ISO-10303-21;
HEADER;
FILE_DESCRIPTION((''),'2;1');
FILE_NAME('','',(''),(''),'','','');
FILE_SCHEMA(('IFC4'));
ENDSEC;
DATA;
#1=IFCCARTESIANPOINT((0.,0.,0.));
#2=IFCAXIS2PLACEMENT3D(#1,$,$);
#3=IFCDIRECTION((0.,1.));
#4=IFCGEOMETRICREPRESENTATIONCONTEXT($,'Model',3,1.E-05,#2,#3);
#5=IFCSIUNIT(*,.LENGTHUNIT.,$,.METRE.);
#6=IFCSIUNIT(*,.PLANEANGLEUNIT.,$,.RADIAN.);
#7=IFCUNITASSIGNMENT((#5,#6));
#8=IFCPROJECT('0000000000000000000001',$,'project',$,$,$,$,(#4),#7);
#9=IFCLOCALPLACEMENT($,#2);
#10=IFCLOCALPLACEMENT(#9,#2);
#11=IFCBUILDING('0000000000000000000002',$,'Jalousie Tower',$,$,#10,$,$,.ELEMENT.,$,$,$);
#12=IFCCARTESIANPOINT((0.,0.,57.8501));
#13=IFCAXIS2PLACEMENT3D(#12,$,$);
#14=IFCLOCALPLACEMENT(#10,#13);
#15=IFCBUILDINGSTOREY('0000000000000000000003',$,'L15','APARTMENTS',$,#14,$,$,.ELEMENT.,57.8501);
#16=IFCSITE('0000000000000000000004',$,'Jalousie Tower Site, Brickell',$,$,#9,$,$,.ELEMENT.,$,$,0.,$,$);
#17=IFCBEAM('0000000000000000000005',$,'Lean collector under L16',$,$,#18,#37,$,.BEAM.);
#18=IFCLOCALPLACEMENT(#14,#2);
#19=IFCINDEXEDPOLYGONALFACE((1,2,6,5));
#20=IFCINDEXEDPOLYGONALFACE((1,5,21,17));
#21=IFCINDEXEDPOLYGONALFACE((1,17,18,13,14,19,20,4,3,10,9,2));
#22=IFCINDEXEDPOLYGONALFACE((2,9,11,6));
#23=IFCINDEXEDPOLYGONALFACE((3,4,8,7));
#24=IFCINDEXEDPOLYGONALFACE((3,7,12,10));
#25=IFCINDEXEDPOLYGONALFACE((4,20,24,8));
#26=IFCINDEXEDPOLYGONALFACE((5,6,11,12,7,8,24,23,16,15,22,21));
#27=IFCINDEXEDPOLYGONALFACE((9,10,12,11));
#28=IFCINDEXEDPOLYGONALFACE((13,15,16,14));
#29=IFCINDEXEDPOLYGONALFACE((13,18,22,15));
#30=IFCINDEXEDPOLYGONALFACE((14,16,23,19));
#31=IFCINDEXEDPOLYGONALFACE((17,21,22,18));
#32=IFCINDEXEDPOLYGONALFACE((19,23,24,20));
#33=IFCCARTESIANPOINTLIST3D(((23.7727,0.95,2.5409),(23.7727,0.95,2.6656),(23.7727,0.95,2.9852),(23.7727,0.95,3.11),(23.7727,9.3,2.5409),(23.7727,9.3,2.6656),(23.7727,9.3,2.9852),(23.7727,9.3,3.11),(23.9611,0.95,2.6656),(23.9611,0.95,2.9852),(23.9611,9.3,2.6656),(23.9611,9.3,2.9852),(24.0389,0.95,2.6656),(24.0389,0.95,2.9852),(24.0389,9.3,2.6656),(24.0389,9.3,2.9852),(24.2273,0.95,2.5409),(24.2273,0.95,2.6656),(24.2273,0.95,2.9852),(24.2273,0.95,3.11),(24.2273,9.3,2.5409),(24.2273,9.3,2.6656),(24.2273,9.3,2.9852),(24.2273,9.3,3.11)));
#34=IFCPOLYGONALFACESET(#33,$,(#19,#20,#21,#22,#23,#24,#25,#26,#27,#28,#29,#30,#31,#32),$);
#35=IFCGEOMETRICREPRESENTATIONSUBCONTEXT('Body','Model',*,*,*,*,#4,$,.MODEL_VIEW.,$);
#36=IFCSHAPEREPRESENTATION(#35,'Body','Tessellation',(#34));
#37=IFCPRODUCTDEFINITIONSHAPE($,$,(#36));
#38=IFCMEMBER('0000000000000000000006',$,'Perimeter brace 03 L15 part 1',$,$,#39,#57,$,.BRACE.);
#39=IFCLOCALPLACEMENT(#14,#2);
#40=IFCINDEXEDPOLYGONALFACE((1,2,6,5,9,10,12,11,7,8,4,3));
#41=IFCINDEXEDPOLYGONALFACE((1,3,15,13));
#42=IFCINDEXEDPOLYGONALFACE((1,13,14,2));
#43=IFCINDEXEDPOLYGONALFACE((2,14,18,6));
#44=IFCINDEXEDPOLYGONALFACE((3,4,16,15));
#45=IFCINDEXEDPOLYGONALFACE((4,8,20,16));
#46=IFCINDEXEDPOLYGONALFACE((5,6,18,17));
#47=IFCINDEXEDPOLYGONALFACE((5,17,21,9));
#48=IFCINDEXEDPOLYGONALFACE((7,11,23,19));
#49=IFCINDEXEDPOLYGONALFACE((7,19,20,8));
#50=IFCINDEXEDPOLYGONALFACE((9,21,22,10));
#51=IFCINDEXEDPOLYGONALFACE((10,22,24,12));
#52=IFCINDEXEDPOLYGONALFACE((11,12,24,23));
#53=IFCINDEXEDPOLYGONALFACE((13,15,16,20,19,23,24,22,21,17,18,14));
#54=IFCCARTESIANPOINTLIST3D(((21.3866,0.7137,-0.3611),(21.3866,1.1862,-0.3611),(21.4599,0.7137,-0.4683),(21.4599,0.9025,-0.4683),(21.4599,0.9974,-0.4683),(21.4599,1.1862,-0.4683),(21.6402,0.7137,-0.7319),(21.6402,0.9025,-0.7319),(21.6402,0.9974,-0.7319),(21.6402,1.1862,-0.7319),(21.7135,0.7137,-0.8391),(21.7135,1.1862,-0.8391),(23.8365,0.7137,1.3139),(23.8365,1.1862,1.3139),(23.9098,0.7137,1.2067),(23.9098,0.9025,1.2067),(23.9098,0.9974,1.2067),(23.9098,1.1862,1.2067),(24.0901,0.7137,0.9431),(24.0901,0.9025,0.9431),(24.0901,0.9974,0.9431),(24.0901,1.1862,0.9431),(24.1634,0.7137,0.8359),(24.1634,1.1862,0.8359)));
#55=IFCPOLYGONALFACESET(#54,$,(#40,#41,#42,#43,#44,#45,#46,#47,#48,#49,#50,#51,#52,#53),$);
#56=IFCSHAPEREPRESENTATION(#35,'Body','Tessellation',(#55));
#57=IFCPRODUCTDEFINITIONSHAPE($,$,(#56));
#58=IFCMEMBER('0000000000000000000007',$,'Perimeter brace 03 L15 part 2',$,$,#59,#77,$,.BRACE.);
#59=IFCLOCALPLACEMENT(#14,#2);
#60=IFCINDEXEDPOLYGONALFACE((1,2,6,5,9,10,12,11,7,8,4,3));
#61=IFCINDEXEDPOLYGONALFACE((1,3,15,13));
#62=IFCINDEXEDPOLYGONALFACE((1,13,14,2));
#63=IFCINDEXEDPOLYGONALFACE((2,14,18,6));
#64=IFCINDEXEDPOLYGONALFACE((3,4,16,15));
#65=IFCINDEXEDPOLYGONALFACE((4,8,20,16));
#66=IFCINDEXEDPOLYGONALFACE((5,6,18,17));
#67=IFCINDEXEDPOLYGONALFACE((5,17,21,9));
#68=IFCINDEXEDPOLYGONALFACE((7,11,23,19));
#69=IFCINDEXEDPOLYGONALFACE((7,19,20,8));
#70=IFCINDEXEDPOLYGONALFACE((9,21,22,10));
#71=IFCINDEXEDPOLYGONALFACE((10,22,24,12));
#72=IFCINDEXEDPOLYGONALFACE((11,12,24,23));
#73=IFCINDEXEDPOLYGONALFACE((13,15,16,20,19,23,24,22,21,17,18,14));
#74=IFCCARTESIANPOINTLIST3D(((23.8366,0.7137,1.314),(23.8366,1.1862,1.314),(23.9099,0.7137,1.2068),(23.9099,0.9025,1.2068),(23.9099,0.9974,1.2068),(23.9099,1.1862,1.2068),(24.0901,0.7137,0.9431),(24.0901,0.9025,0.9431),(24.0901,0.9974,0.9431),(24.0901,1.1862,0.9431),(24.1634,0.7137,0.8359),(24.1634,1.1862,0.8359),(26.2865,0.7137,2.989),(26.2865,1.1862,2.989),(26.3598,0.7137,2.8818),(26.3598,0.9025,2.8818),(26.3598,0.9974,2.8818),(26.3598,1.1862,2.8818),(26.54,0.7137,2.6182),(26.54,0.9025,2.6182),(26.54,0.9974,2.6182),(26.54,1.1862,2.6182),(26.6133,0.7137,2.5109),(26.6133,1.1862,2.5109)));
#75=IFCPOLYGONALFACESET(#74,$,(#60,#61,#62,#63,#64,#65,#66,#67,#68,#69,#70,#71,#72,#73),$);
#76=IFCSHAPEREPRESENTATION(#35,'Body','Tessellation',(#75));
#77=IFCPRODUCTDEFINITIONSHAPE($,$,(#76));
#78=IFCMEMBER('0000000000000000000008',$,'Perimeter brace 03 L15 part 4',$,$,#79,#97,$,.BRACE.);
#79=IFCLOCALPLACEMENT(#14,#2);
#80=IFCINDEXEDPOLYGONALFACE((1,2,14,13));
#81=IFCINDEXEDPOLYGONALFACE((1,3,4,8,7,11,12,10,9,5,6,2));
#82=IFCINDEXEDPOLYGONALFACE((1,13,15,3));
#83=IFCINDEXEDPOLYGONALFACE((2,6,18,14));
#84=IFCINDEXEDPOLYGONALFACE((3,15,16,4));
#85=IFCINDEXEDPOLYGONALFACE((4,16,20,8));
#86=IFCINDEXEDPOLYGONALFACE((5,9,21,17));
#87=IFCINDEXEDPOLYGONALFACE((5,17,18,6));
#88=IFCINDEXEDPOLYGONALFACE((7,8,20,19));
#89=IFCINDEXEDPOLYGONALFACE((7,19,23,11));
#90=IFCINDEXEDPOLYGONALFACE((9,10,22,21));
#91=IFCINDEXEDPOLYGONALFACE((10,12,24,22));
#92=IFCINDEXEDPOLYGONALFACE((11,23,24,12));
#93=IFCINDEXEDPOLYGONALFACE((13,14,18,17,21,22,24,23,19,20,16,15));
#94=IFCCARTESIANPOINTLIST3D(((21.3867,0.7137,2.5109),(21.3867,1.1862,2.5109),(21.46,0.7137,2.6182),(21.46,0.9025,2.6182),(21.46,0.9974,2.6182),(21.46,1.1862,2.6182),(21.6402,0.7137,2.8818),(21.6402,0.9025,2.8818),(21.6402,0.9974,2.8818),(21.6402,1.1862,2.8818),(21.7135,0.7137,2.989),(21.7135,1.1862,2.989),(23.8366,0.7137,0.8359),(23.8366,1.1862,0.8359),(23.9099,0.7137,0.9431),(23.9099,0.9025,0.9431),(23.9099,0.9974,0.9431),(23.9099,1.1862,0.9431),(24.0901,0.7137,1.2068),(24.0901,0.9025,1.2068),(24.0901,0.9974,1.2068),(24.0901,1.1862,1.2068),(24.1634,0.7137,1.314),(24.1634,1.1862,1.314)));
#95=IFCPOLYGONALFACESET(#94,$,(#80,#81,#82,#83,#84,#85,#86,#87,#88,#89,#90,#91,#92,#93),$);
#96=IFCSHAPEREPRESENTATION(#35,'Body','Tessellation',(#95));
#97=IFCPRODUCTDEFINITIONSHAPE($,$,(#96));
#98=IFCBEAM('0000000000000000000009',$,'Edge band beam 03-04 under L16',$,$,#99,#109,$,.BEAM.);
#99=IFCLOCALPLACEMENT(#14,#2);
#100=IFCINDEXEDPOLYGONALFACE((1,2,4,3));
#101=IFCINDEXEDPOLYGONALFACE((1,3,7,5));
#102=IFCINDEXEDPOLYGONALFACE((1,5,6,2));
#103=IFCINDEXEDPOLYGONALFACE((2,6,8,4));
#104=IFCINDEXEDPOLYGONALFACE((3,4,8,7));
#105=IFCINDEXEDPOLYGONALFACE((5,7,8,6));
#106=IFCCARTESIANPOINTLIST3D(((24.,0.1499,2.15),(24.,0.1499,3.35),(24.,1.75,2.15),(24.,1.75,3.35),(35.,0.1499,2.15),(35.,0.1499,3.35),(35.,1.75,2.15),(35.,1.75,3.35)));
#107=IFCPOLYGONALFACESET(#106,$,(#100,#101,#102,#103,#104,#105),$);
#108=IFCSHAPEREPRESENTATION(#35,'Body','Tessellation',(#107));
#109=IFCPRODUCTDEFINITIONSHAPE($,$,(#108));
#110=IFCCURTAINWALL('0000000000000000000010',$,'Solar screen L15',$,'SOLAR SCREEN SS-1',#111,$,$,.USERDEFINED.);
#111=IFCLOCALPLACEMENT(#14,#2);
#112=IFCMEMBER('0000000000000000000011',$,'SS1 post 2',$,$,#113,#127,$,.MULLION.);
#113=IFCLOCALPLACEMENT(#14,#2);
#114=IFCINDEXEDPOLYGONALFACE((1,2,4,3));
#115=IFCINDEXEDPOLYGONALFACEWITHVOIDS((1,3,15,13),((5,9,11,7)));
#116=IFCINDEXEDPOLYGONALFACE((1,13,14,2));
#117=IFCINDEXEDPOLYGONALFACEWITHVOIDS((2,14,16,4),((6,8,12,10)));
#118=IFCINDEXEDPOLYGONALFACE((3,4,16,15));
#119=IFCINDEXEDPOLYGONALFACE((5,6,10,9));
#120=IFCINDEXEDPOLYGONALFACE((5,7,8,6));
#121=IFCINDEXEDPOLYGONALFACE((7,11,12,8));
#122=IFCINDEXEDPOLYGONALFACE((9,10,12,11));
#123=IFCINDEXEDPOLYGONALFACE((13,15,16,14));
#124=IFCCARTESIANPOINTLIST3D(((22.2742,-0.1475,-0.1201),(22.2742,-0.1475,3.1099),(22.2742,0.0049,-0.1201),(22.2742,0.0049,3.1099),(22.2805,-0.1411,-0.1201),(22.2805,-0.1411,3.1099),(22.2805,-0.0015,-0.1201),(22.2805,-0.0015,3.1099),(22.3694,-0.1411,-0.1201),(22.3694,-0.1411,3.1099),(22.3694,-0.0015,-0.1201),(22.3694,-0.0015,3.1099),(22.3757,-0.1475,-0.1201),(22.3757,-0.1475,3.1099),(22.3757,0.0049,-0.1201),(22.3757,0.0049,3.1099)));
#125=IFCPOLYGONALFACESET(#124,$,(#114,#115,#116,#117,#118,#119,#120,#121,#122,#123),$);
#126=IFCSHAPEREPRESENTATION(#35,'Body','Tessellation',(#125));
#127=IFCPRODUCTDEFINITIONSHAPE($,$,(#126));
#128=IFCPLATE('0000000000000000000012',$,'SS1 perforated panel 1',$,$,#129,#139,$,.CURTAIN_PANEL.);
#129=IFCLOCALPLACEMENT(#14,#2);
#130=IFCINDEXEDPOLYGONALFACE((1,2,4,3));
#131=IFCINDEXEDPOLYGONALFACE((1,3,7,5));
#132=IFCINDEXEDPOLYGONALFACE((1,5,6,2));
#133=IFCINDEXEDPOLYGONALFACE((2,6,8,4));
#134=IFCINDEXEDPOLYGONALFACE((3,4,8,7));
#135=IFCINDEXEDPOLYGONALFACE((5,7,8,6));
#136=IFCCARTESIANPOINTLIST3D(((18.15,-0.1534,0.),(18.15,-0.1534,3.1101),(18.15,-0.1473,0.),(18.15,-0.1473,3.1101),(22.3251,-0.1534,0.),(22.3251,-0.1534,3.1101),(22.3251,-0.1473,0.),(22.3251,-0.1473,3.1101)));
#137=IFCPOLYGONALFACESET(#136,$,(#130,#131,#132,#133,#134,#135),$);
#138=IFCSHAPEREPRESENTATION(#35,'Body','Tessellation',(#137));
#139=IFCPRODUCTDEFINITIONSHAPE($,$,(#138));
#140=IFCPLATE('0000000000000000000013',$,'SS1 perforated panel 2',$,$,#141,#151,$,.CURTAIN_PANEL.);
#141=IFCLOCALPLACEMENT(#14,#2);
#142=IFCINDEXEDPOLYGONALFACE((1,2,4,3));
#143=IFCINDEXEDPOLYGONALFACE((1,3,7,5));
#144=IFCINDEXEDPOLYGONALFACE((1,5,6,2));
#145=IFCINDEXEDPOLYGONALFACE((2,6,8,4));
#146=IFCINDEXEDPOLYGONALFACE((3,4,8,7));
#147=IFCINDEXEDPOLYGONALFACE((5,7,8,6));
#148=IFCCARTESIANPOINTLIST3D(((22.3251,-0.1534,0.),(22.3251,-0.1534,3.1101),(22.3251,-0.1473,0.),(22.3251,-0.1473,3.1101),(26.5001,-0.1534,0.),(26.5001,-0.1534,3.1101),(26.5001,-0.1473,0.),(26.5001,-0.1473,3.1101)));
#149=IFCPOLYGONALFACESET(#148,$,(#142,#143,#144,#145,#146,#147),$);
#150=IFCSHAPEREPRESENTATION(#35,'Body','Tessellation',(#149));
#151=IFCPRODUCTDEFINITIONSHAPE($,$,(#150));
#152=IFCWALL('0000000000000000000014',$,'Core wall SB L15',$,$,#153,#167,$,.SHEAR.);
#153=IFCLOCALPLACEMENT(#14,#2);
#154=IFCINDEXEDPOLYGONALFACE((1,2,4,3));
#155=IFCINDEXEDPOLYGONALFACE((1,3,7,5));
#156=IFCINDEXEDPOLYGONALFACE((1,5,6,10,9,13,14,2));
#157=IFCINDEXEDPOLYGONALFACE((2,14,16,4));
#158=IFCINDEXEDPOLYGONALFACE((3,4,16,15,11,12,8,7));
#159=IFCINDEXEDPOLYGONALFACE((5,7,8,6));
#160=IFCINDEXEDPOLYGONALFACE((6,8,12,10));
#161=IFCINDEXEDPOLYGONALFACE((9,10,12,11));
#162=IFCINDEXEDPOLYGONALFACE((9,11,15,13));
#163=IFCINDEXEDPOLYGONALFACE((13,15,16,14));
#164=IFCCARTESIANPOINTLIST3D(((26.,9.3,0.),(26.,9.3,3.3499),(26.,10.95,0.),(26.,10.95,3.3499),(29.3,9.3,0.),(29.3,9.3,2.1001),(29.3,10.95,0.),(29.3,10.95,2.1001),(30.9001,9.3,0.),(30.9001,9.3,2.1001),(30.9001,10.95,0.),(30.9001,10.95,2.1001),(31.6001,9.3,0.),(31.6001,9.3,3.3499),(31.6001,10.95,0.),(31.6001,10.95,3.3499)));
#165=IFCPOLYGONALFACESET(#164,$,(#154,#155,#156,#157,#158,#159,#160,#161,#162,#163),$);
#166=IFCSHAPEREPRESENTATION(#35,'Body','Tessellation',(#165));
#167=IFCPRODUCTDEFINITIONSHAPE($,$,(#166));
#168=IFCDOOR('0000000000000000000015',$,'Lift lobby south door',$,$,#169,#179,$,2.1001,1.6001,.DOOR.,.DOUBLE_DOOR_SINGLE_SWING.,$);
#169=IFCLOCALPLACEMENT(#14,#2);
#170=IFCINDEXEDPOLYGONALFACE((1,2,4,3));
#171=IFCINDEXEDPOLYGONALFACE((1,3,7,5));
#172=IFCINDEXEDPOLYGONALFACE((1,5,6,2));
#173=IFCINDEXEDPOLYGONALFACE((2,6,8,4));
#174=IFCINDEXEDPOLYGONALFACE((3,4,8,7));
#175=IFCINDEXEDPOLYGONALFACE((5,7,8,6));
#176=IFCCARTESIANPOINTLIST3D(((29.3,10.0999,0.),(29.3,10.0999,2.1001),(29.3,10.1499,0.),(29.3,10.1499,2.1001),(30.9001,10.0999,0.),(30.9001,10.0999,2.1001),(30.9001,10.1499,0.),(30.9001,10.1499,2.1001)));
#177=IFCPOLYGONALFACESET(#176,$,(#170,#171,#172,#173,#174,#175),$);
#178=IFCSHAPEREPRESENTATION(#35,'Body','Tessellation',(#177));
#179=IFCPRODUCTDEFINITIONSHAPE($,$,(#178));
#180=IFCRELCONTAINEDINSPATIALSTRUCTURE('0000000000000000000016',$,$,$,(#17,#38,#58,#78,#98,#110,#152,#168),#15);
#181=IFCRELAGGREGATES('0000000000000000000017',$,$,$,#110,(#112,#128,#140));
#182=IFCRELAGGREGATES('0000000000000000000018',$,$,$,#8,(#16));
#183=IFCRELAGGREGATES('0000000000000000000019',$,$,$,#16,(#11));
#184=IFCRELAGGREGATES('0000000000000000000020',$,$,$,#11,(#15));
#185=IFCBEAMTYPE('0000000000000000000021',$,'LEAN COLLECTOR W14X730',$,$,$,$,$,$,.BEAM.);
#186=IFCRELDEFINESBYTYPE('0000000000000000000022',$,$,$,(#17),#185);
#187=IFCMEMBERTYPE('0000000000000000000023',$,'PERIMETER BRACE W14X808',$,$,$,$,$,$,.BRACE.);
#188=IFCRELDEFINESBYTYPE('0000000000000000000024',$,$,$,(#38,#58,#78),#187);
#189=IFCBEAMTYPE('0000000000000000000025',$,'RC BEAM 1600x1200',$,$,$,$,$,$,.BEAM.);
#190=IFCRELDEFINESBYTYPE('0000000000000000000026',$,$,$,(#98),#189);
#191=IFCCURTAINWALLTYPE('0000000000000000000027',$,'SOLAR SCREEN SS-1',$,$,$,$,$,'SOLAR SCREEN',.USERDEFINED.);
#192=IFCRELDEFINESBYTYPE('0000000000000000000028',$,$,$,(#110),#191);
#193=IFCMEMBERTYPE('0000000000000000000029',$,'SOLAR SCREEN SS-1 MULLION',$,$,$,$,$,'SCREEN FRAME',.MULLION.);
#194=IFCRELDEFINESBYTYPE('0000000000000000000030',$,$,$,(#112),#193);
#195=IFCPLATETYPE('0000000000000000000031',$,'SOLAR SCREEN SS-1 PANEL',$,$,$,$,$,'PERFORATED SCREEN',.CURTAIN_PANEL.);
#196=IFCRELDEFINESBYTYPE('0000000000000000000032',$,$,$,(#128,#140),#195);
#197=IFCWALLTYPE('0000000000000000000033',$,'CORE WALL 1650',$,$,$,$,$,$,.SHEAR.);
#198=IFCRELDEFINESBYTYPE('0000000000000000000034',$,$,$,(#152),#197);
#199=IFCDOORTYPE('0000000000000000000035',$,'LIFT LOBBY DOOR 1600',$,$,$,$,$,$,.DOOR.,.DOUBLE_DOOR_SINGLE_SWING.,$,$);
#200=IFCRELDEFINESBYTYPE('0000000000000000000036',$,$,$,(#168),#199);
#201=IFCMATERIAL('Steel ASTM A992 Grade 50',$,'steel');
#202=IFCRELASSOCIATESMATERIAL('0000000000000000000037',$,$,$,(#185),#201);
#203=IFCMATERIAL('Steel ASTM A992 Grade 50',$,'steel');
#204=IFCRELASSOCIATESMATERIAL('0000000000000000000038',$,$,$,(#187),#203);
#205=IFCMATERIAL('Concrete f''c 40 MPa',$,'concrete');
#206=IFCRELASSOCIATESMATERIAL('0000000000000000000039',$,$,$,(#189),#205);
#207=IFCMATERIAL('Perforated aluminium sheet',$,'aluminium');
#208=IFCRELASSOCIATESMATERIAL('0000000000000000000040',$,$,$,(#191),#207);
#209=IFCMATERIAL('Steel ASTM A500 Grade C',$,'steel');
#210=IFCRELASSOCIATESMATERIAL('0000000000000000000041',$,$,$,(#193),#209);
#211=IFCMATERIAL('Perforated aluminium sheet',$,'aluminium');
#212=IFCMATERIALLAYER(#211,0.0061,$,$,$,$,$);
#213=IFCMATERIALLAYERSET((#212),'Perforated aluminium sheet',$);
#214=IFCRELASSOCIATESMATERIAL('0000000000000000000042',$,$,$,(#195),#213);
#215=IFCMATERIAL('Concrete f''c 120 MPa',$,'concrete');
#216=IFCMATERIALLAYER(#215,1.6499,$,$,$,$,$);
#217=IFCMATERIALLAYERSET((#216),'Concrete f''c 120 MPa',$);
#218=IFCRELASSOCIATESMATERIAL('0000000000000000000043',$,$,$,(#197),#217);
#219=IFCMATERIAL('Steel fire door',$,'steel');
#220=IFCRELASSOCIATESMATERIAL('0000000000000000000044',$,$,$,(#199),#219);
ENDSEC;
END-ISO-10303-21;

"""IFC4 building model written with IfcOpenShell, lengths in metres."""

from ifc_helpers import new_model, si_unit, direction, frame, frame_2d, origin, origin_2d, place, context, subcontext, project, spatial, rectangle, hollow_rectangle, i_section, extrude, material, layer, layer_set, material_profile, profile_set, type_object, element, fill, aggregate, save


model = new_model("IFC4")

# Units and contexts
model_context = context("Model", 3, precision=1e-05, world=origin(), true_north=direction((0.0, 1.0)))
body_context = subcontext(model_context, "Body", "Model", "MODEL_VIEW")
ifc_project = project(units=[si_unit("LENGTHUNIT", "METRE"), si_unit("PLANEANGLEUNIT", "RADIAN")], contexts=[model_context])

# Site, building, storey
site_placement = place(None, origin())
site = spatial("IfcSite", under=ifc_project, at=site_placement, Name="Jalousie Tower Site, Brickell", CompositionType="ELEMENT", RefElevation=0.0)
building_placement = place(site_placement, origin())
building = spatial("IfcBuilding", under=site, at=building_placement, Name="Jalousie Tower", CompositionType="ELEMENT")
storey_placement = place(building_placement, frame((0.0, 0.0, 57.8501)))
storey = spatial("IfcBuildingStorey", under=building, at=storey_placement, Name="L15", Description="APARTMENTS", CompositionType="ELEMENT", Elevation=57.8501)

# Beam
ifc_material_1 = material(Name="Steel ASTM A992 Grade 50", Category="steel")
ifc_material_profile_1 = material_profile(ifc_material_1, i_section(OverallWidth=0.4546, OverallDepth=0.5691, WebThickness=0.0779, FlangeThickness=0.1248, at=origin_2d()), Name="W14X730")
ifc_profile_set_1 = profile_set([ifc_material_profile_1], Name="Steel ASTM A992 Grade 50")
beam_type_1 = type_object("IfcBeamType", Name="LEAN COLLECTOR W14X730", PredefinedType="BEAM", material=ifc_profile_set_1)
beam_1_placement = place(storey_placement, frame((24.0, 0.95, 2.8254), z_axis=(0.0, 1.0, 0.0), x_axis=(-1.0, 0.0, 0.0)))
element("IfcBeam", 1, at=beam_1_placement, inside=storey, type_object=beam_type_1, Name="Lean collector under L16", PredefinedType="BEAM", context=body_context, shape_type="SweptSolid", body=[
    extrude(i_section(OverallWidth=0.4546, OverallDepth=0.5691, WebThickness=0.0779, FlangeThickness=0.1248, at=origin_2d()), origin(), (0.0, 0.0, 1.0), 8.3501),
])

# Members
ifc_material_2 = material(Name="Steel ASTM A992 Grade 50", Category="steel")
ifc_material_profile_2 = material_profile(ifc_material_2, i_section(OverallWidth=0.4724, OverallDepth=0.5791, WebThickness=0.095, FlangeThickness=0.1299, at=origin_2d()), Name="W14X808")
ifc_profile_set_2 = profile_set([ifc_material_profile_2], Name="Steel ASTM A992 Grade 50")
member_type_1 = type_object("IfcMemberType", Name="PERIMETER BRACE W14X808", PredefinedType="BRACE", material=ifc_profile_set_2)
for number, where, z_axis, x_axis, name in (
    (2, (21.55, 0.95, -0.6001), (0.825501, 0.0, 0.564401), (0.0, 1.0, 0.0), "Perimeter brace 03 L15 part 1"),
    (3, (24.0, 0.95, 1.075), (0.825501, 0.0, 0.564401), (0.0, 1.0, 0.0), "Perimeter brace 03 L15 part 2"),
    (4, (24.0, 0.95, 1.075), (-0.825501, 0.0, 0.564401), (0.0, -1.0, 0.0), "Perimeter brace 03 L15 part 4"),
):
    element("IfcMember", number, at=place(storey_placement, frame(where, z_axis=z_axis, x_axis=x_axis)), inside=storey, type_object=member_type_1, Name=name, PredefinedType="BRACE", context=body_context, shape_type="SweptSolid", body=[
        extrude(i_section(OverallWidth=0.4724, OverallDepth=0.5791, WebThickness=0.095, FlangeThickness=0.1299, at=origin_2d()), origin(), (0.0, 0.0, 1.0), 2.9678),
    ])

# Beam
ifc_material_3 = material(Name="Concrete f'c 40 MPa", Category="concrete")
ifc_material_profile_3 = material_profile(ifc_material_3, rectangle(XDim=1.6001, YDim=1.2, at=origin_2d()), Name="RC 1600x1200")
ifc_profile_set_3 = profile_set([ifc_material_profile_3], Name="Concrete f'c 40 MPa")
beam_type_2 = type_object("IfcBeamType", Name="RC BEAM 1600x1200", PredefinedType="BEAM", material=ifc_profile_set_3)
beam_2_placement = place(storey_placement, frame((24.0, 0.95, 2.75), z_axis=(1.0, 0.0, 0.0), x_axis=(0.0, 1.0, 0.0)))
element("IfcBeam", 5, at=beam_2_placement, inside=storey, type_object=beam_type_2, Name="Edge band beam 03-04 under L16", PredefinedType="BEAM", context=body_context, shape_type="SweptSolid", body=[
    extrude(rectangle(XDim=1.6001, YDim=1.2, at=origin_2d()), origin(), (0.0, 0.0, 1.0), 11.0),
])

# Curtain wall, member, plates
ifc_material_4 = material(Name="Perforated aluminium sheet", Category="aluminium")
curtain_wall_type = type_object("IfcCurtainWallType", Name="SOLAR SCREEN SS-1", ElementType="SOLAR SCREEN", PredefinedType="USERDEFINED", material=ifc_material_4)
curtain_wall_placement = place(storey_placement, origin())
curtain_wall = element("IfcCurtainWall", 6, at=curtain_wall_placement, inside=storey, type_object=curtain_wall_type, Name="Solar screen L15", ObjectType="SOLAR SCREEN SS-1", PredefinedType="USERDEFINED")
ifc_material_5 = material(Name="Steel ASTM A500 Grade C", Category="steel")
ifc_material_profile_4 = material_profile(ifc_material_5, hollow_rectangle(XDim=0.1016, YDim=0.1523, WallThickness=0.0063, at=origin_2d()), Name="HSS6X4X1/4")
ifc_profile_set_4 = profile_set([ifc_material_profile_4], Name="Steel ASTM A500 Grade C")
member_type_2 = type_object("IfcMemberType", Name="SOLAR SCREEN SS-1 MULLION", ElementType="SCREEN FRAME", PredefinedType="MULLION", material=ifc_profile_set_4)
member_placement = place(storey_placement, frame((22.325, -0.0713, -0.1201), z_axis=(0.0, 0.0, 1.0), x_axis=(1.0, 0.0, 0.0)))
member = element("IfcMember", 7, at=member_placement, type_object=member_type_2, Name="SS1 post 2", PredefinedType="MULLION", context=body_context, shape_type="SweptSolid", body=[
    extrude(hollow_rectangle(XDim=0.1016, YDim=0.1523, WallThickness=0.0063, at=origin_2d()), origin(), (0.0, 0.0, 1.0), 3.23),
])
ifc_material_6 = material(Name="Perforated aluminium sheet", Category="aluminium")
ifc_layer_1 = layer(ifc_material_6, 0.0061)
ifc_layer_set_1 = layer_set([ifc_layer_1], Name="Perforated aluminium sheet")
plate_type = type_object("IfcPlateType", Name="SOLAR SCREEN SS-1 PANEL", ElementType="PERFORATED SCREEN", PredefinedType="CURTAIN_PANEL", material=ifc_layer_set_1)
plate_1_placement = place(storey_placement, frame((20.2375, -0.1504, 0.0), z_axis=(0.0, 0.0, 1.0), x_axis=(1.0, 0.0, 0.0)))
plate_1 = element("IfcPlate", 8, at=plate_1_placement, type_object=plate_type, Name="SS1 perforated panel 1", PredefinedType="CURTAIN_PANEL", context=body_context, shape_type="SweptSolid", body=[
    extrude(rectangle(XDim=4.175, YDim=0.0061, at=origin_2d()), origin(), (0.0, 0.0, 1.0), 3.1101),
])
plate_2_placement = place(storey_placement, frame((24.4126, -0.1504, 0.0), z_axis=(0.0, 0.0, 1.0), x_axis=(1.0, 0.0, 0.0)))
plate_2 = element("IfcPlate", 9, at=plate_2_placement, type_object=plate_type, Name="SS1 perforated panel 2", PredefinedType="CURTAIN_PANEL", context=body_context, shape_type="SweptSolid", body=[
    extrude(rectangle(XDim=4.175, YDim=0.0061, at=origin_2d()), origin(), (0.0, 0.0, 1.0), 3.1101),
])
aggregate(curtain_wall, [member, plate_1, plate_2])

# Wall, opening, door
ifc_material_7 = material(Name="Concrete f'c 120 MPa", Category="concrete")
ifc_layer_2 = layer(ifc_material_7, 1.6499)
ifc_layer_set_2 = layer_set([ifc_layer_2], Name="Concrete f'c 120 MPa")
wall_type_1 = type_object("IfcWallType", Name="CORE WALL 1650", PredefinedType="SHEAR", material=ifc_layer_set_2)
wall_1_placement = place(storey_placement, frame((26.0, 10.125, 0.0), z_axis=(0.0, 0.0, 1.0), x_axis=(1.0, 0.0, 0.0)))
wall_1 = element("IfcWall", 10, at=wall_1_placement, inside=storey, type_object=wall_type_1, Name="Core wall SB L15", PredefinedType="SHEAR", context=body_context, shape_type="SweptSolid", body=[
    extrude(rectangle(XDim=5.6001, YDim=1.6499, at=frame_2d((2.8, 0.0))), origin(), (0.0, 0.0, 1.0), 3.3499),
])
opening_1_placement = place(wall_1_placement, frame((3.3, 0.0, 0.0)))
opening_1 = element("IfcOpeningElement", 11, at=opening_1_placement, cuts=wall_1, PredefinedType="OPENING", context=body_context, shape_type="SweptSolid", body=[
    extrude(rectangle(XDim=1.6001, YDim=2.1001, at=frame_2d((0.8, 1.05))), frame((0.0, 0.835, 0.0), z_axis=(0.0, -1.0, 0.0), x_axis=(1.0, 0.0, 0.0)), (0.0, 0.0, 1.0), 1.6699),
])
ifc_material_8 = material(Name="Steel fire door", Category="steel")
door_type_1 = type_object("IfcDoorType", Name="LIFT LOBBY DOOR 1600", OperationType="DOUBLE_DOOR_SINGLE_SWING", PredefinedType="DOOR", material=ifc_material_8)
door_1_placement = place(opening_1_placement, origin())
door_1 = element("IfcDoor", 12, at=door_1_placement, inside=storey, type_object=door_type_1, Name="Lift lobby south door", OperationType="DOUBLE_DOOR_SINGLE_SWING", OverallHeight=2.1001, OverallWidth=1.6001, PredefinedType="DOOR", context=body_context, shape_type="SweptSolid", body=[
    extrude(rectangle(XDim=1.6001, YDim=2.1001, at=frame_2d((0.8, 1.05))), frame((0.0, 0.0249, 0.0), z_axis=(0.0, -1.0, 0.0), x_axis=(1.0, 0.0, 0.0)), (0.0, 0.0, 1.0), 0.05),
])
fill(opening_1, door_1)

save(model, "model.ifc")
